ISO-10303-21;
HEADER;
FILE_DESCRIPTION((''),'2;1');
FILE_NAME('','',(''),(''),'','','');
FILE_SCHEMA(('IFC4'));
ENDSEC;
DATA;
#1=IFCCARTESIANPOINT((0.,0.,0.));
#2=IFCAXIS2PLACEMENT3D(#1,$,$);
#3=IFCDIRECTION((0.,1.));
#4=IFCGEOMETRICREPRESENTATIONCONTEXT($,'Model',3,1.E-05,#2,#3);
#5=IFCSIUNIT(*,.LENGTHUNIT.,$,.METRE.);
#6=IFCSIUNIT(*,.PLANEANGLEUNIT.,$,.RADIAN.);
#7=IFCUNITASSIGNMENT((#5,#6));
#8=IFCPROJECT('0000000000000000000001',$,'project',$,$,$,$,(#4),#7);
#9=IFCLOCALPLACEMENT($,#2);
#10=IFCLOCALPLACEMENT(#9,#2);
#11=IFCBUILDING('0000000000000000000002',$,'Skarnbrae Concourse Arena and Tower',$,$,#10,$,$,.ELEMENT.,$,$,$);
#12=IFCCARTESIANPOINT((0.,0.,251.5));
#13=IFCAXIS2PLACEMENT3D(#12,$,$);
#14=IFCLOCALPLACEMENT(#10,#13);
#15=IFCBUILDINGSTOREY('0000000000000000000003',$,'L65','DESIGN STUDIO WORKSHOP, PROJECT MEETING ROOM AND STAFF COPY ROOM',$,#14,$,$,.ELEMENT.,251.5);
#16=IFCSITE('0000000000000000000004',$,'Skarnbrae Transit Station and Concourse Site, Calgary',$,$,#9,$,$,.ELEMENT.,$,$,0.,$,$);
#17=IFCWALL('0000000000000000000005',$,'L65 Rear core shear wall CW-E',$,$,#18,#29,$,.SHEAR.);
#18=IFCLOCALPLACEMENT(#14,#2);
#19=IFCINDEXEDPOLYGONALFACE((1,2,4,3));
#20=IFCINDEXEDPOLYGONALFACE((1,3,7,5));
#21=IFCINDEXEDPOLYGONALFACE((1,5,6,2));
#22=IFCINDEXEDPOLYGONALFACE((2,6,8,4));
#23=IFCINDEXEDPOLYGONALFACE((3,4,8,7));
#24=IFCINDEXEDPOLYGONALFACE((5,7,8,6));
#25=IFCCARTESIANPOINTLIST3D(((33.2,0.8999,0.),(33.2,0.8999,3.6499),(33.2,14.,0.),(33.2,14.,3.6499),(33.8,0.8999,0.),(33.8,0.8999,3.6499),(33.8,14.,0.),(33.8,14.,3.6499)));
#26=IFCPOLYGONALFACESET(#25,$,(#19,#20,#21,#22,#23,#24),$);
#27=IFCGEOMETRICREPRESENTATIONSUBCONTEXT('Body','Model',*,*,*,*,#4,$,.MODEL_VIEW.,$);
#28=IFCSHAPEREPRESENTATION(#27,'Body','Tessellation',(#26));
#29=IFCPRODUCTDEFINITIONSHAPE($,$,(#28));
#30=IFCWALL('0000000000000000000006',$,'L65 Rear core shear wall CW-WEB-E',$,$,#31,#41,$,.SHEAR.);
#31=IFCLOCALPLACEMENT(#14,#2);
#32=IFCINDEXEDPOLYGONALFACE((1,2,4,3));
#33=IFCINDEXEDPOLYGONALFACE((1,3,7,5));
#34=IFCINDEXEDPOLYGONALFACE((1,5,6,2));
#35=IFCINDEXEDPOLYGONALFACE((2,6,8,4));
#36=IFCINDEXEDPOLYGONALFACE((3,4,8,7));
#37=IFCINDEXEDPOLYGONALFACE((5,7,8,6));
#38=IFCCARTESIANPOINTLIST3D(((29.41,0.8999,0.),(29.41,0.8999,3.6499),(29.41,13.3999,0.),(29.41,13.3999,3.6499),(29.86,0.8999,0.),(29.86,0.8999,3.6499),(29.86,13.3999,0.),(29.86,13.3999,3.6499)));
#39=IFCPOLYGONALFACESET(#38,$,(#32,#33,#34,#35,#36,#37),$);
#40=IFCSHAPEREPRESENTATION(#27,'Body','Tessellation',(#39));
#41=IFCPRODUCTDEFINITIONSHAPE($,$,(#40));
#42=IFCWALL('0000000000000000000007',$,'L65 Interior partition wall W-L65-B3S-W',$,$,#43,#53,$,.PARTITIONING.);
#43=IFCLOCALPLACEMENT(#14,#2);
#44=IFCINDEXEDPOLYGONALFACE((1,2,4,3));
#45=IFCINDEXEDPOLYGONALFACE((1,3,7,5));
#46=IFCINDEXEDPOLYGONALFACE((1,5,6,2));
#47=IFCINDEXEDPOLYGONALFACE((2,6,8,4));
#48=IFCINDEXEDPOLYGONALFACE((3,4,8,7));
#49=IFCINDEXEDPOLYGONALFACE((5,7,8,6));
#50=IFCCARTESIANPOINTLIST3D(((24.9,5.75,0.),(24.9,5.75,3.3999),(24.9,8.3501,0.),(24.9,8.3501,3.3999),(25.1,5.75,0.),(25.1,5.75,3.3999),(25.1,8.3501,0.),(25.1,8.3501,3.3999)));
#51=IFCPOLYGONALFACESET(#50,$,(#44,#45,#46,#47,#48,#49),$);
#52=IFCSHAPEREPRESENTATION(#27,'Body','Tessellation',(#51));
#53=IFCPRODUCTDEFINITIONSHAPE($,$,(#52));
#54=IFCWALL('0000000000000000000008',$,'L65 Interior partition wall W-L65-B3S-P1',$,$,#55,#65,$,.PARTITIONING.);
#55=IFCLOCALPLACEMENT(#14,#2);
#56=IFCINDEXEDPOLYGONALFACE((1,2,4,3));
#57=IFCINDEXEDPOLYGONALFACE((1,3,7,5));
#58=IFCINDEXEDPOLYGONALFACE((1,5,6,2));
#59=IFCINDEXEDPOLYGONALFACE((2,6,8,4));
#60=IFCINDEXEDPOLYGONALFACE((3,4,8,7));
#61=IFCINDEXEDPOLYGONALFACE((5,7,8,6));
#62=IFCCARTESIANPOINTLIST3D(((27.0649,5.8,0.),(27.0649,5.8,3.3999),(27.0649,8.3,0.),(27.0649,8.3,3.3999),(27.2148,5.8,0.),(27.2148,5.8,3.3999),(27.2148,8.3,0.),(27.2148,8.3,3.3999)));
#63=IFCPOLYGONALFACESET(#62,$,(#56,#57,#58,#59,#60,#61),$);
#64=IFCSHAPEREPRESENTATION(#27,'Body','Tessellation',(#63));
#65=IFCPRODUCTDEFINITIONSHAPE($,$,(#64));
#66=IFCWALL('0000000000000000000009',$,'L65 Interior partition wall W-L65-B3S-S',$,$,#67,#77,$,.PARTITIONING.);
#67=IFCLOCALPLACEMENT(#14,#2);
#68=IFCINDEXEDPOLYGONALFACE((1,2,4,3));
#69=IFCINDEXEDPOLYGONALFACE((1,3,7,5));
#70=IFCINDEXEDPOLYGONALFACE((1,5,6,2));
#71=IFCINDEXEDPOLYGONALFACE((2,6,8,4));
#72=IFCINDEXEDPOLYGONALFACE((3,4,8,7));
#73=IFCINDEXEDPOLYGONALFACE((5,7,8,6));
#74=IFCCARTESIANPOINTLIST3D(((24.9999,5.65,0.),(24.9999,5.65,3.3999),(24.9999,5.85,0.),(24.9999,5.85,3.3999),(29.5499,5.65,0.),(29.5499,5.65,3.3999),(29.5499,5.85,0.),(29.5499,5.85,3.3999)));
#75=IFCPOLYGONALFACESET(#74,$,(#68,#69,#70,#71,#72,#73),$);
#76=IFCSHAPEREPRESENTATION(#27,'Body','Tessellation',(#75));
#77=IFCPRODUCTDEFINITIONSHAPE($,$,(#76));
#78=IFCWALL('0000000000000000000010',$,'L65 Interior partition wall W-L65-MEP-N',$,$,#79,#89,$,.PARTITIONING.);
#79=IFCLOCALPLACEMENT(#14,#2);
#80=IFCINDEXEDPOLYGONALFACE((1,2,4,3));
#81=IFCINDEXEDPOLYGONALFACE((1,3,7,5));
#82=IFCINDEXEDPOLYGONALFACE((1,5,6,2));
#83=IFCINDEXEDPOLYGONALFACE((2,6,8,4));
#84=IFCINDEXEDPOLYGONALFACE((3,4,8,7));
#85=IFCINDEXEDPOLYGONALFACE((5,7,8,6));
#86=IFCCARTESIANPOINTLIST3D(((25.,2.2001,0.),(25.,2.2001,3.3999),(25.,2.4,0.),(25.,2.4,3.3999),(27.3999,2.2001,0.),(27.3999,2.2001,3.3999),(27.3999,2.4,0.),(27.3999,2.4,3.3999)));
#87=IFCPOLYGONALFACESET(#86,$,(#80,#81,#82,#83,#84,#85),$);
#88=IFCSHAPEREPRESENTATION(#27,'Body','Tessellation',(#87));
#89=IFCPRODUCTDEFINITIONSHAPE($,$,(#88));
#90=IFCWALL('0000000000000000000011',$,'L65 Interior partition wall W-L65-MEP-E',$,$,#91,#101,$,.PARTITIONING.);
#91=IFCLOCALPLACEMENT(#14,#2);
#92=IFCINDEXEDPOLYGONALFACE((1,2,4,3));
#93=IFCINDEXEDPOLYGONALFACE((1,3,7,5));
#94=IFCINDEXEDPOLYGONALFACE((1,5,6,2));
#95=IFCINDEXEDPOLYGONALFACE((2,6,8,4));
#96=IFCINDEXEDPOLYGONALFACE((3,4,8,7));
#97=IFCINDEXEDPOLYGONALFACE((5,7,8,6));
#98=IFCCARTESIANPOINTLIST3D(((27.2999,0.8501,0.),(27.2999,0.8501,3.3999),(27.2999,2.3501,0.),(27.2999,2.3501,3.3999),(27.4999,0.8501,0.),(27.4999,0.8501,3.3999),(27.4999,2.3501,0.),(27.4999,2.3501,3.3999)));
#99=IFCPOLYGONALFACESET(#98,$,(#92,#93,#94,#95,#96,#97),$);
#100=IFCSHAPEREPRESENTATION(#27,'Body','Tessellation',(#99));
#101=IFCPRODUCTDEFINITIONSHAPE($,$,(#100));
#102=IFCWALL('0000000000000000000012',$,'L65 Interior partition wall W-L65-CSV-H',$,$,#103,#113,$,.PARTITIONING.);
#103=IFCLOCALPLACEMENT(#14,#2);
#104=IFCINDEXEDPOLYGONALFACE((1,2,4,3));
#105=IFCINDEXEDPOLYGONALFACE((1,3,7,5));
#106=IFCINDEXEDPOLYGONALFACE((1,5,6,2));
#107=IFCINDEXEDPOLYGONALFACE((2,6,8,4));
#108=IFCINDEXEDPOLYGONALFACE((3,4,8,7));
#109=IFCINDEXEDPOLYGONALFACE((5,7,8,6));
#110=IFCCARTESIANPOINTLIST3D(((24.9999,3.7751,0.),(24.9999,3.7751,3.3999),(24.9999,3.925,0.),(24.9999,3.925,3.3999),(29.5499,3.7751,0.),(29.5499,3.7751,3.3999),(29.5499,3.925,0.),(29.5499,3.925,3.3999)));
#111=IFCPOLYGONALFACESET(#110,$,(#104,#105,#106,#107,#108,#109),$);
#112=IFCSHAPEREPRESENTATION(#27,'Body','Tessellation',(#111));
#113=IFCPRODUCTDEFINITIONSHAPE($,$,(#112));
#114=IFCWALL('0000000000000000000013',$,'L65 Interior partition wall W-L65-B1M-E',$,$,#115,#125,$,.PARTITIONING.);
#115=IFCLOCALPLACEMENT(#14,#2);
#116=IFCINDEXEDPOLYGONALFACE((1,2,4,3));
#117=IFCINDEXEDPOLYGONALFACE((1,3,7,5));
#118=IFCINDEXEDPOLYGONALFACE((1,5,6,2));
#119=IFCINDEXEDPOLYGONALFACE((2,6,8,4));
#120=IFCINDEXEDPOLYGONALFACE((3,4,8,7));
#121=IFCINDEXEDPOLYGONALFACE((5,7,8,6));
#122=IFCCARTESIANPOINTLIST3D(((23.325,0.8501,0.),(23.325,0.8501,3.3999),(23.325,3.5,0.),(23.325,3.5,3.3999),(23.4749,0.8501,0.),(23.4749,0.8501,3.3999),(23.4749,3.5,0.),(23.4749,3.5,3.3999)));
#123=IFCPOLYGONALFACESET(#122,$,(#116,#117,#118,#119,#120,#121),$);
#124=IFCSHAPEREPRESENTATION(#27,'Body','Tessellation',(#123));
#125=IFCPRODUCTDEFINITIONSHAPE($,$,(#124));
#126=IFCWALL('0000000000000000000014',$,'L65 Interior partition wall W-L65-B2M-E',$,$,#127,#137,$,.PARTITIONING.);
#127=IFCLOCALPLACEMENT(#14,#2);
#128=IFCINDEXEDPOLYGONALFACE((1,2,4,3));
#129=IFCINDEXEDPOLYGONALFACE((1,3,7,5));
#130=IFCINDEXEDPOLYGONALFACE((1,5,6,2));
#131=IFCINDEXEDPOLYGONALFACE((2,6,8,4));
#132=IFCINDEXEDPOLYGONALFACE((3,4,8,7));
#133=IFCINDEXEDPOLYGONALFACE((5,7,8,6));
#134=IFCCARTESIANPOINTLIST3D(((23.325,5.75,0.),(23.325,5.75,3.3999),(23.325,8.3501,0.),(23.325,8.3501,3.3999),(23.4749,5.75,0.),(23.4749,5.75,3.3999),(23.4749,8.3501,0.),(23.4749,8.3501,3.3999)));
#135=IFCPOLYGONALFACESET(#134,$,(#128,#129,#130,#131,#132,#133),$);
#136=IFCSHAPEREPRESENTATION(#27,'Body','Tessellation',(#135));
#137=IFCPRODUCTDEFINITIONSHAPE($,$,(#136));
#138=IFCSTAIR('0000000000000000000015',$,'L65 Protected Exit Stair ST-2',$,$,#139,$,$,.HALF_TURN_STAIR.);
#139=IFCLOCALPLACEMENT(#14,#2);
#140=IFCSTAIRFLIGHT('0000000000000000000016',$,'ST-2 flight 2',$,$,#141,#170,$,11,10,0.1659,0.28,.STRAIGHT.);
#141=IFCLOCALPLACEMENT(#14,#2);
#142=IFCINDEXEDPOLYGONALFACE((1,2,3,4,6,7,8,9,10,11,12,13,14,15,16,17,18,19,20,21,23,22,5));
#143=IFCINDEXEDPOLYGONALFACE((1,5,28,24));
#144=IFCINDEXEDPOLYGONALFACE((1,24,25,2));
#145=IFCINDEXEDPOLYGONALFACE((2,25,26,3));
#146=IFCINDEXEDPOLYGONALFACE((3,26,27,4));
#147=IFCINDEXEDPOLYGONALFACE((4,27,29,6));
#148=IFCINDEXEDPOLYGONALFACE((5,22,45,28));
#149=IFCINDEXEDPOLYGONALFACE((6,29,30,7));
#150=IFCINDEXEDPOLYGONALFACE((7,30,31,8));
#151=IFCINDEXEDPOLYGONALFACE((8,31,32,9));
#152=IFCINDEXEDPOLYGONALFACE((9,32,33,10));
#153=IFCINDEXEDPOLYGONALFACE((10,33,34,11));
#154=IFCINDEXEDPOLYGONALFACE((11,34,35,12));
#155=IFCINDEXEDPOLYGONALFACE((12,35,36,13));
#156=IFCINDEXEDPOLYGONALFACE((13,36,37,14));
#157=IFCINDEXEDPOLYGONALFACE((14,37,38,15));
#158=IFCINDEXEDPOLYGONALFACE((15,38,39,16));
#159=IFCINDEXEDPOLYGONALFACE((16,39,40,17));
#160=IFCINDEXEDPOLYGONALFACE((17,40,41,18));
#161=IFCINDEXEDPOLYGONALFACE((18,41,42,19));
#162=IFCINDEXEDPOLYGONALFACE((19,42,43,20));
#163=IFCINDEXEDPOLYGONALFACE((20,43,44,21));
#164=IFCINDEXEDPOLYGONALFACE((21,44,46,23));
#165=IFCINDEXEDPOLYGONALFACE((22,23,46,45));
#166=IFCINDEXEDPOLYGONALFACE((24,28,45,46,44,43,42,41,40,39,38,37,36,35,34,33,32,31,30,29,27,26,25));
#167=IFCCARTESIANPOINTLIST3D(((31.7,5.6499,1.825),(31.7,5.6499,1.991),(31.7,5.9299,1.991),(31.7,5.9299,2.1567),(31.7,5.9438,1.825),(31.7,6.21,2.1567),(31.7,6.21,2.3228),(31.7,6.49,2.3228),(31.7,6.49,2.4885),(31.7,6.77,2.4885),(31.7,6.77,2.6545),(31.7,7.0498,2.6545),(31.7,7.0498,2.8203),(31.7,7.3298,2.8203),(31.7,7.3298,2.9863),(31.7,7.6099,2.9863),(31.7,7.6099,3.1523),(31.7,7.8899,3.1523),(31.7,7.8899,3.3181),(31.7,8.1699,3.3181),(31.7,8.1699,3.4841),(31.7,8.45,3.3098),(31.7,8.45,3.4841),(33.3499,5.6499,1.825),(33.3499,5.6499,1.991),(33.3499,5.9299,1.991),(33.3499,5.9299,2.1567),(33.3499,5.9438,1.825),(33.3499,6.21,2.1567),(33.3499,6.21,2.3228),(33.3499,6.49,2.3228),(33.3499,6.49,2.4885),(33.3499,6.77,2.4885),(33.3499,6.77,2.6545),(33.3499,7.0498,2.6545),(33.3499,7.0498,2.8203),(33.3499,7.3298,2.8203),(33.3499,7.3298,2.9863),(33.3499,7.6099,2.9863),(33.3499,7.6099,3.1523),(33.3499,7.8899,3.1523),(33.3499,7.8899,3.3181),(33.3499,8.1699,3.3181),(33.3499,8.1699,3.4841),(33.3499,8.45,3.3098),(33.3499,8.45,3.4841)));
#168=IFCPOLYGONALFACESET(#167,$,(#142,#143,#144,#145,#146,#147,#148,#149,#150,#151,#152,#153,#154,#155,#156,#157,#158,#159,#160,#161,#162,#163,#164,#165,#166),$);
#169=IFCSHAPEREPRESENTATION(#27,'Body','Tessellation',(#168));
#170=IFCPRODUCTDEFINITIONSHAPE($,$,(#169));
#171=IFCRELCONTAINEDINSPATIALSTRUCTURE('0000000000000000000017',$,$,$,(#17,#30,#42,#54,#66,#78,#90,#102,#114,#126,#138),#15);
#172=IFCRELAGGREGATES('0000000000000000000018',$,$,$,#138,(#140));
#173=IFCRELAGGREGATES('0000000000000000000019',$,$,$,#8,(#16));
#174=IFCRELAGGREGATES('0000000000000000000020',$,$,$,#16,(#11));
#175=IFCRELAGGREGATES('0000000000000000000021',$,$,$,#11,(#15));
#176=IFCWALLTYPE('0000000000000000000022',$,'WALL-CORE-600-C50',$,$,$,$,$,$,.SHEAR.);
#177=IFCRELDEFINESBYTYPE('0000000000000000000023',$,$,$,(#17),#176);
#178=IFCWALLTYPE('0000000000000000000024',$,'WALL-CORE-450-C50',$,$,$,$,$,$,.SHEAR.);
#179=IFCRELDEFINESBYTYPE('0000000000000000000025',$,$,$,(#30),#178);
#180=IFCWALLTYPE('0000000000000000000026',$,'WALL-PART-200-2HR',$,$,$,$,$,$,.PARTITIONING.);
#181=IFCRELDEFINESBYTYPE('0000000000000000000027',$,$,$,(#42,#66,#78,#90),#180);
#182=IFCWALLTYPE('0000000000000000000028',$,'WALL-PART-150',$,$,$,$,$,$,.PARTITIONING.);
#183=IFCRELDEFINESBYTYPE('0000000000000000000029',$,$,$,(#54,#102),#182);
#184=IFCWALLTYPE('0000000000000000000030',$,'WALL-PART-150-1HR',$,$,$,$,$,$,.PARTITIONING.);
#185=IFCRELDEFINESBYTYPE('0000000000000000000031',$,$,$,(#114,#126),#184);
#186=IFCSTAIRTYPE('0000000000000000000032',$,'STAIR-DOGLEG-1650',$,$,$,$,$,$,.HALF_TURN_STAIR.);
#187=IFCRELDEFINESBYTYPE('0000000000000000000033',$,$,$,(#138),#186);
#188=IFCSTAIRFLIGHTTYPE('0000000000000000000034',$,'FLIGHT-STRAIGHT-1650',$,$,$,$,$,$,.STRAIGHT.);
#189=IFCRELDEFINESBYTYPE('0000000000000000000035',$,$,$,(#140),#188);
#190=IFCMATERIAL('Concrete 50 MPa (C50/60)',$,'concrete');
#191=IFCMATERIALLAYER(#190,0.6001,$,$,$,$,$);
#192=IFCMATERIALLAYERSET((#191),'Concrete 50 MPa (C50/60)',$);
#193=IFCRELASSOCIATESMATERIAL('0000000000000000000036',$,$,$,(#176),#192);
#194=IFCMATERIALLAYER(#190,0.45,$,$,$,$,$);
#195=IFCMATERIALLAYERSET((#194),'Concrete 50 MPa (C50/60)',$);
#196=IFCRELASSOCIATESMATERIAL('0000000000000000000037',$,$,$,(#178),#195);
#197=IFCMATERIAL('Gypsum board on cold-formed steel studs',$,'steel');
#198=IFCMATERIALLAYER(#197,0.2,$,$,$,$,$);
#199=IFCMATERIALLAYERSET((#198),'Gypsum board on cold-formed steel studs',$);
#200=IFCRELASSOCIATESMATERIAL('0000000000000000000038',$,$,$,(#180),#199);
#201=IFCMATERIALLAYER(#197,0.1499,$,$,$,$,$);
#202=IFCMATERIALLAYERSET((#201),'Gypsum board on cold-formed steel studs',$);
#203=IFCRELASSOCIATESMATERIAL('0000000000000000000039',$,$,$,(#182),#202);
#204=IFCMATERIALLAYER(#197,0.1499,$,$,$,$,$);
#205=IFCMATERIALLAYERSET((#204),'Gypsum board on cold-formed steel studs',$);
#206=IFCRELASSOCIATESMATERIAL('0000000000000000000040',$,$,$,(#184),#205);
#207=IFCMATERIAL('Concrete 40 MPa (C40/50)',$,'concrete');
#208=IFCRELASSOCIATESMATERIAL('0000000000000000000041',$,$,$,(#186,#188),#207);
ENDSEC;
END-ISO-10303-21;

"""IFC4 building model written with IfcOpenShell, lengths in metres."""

from ifc_helpers import new_model, si_unit, direction, frame, frame_2d, origin, place, context, subcontext, project, spatial, polyline, rectangle, outline, extrude, source, transform, mapped, material, layer, layer_set, type_object, element, aggregate, save


model = new_model("IFC4")

# Units and contexts
model_context = context("Model", 3, precision=1e-05, world=origin(), true_north=direction((0.0, 1.0)))
body_context = subcontext(model_context, "Body", "Model", "MODEL_VIEW")
ifc_project = project(units=[si_unit("LENGTHUNIT", "METRE"), si_unit("PLANEANGLEUNIT", "RADIAN")], contexts=[model_context])

# Site, building, storey
site_placement = place(None, origin())
site = spatial("IfcSite", under=ifc_project, at=site_placement, Name="Skarnbrae Transit Station and Concourse Site, Calgary", CompositionType="ELEMENT", RefElevation=0.0)
building_placement = place(site_placement, origin())
building = spatial("IfcBuilding", under=site, at=building_placement, Name="Skarnbrae Concourse Arena and Tower", CompositionType="ELEMENT")
storey_placement = place(building_placement, frame((0.0, 0.0, 251.5)))
storey = spatial("IfcBuildingStorey", under=building, at=storey_placement, Name="L65", Description="DESIGN STUDIO WORKSHOP, PROJECT MEETING ROOM AND STAFF COPY ROOM", CompositionType="ELEMENT", Elevation=251.5)

# Walls
ifc_material_1 = material(Name="Concrete 50 MPa (C50/60)", Category="concrete")
ifc_layer_1 = layer(ifc_material_1, 0.6001)
ifc_layer_set_1 = layer_set([ifc_layer_1], Name="Concrete 50 MPa (C50/60)")
wall_type_1 = type_object("IfcWallType", Name="WALL-CORE-600-C50", PredefinedType="SHEAR", material=ifc_layer_set_1)
shared_shape_1 = source(origin(), body_context, "Body", "SweptSolid", [
    extrude(rectangle(XDim=13.1001, YDim=0.6001, at=frame_2d((6.55, 0.0))), origin(), (0.0, 0.0, 1.0), 3.6499),
])
wall_1_placement = place(storey_placement, frame((33.5, 0.8999, 0.0), z_axis=(0.0, 0.0, 1.0), x_axis=(0.0, 1.0, 0.0)))
element("IfcWall", 1, at=wall_1_placement, inside=storey, type_object=wall_type_1, Name="L65 Rear core shear wall CW-E", PredefinedType="SHEAR", context=body_context, shape_type="MappedRepresentation", body=[
    mapped(shared_shape_1, transform((0.0, 0.0, 0.0))),
])
ifc_layer_2 = layer(ifc_material_1, 0.45)
ifc_layer_set_2 = layer_set([ifc_layer_2], Name="Concrete 50 MPa (C50/60)")
wall_type_2 = type_object("IfcWallType", Name="WALL-CORE-450-C50", PredefinedType="SHEAR", material=ifc_layer_set_2)
shared_shape_2 = source(origin(), body_context, "Body", "SweptSolid", [
    extrude(rectangle(XDim=12.5, YDim=0.45, at=frame_2d((6.25, 0.0))), origin(), (0.0, 0.0, 1.0), 3.6499),
])
wall_2_placement = place(storey_placement, frame((29.635, 0.8999, 0.0), z_axis=(0.0, 0.0, 1.0), x_axis=(0.0, 1.0, 0.0)))
element("IfcWall", 2, at=wall_2_placement, inside=storey, type_object=wall_type_2, Name="L65 Rear core shear wall CW-WEB-E", PredefinedType="SHEAR", context=body_context, shape_type="MappedRepresentation", body=[
    mapped(shared_shape_2, transform((0.0, 0.0, 0.0))),
])
ifc_material_2 = material(Name="Gypsum board on cold-formed steel studs", Category="steel")
ifc_layer_3 = layer(ifc_material_2, 0.2)
ifc_layer_set_3 = layer_set([ifc_layer_3], Name="Gypsum board on cold-formed steel studs")
wall_type_3 = type_object("IfcWallType", Name="WALL-PART-200-2HR", PredefinedType="PARTITIONING", material=ifc_layer_set_3)
shared_shape_3 = source(origin(), body_context, "Body", "SweptSolid", [
    extrude(rectangle(XDim=2.6001, YDim=0.2, at=frame_2d((1.3, 0.0))), origin(), (0.0, 0.0, 1.0), 3.3999),
])
wall_3_placement = place(storey_placement, frame((25.0, 5.75, 0.0), z_axis=(0.0, 0.0, 1.0), x_axis=(0.0, 1.0, 0.0)))
element("IfcWall", 3, at=wall_3_placement, inside=storey, type_object=wall_type_3, Name="L65 Interior partition wall W-L65-B3S-W", PredefinedType="PARTITIONING", context=body_context, shape_type="MappedRepresentation", body=[
    mapped(shared_shape_3, transform((0.0, 0.0, 0.0))),
])
ifc_layer_4 = layer(ifc_material_2, 0.1499)
ifc_layer_set_4 = layer_set([ifc_layer_4], Name="Gypsum board on cold-formed steel studs")
wall_type_4 = type_object("IfcWallType", Name="WALL-PART-150", PredefinedType="PARTITIONING", material=ifc_layer_set_4)
shared_shape_4 = source(origin(), body_context, "Body", "SweptSolid", [
    extrude(rectangle(XDim=2.5, YDim=0.1499, at=frame_2d((1.25, 0.0))), origin(), (0.0, 0.0, 1.0), 3.3999),
])
wall_4_placement = place(storey_placement, frame((27.1399, 5.8, 0.0), z_axis=(0.0, 0.0, 1.0), x_axis=(0.0, 1.0, 0.0)))
element("IfcWall", 4, at=wall_4_placement, inside=storey, type_object=wall_type_4, Name="L65 Interior partition wall W-L65-B3S-P1", PredefinedType="PARTITIONING", context=body_context, shape_type="MappedRepresentation", body=[
    mapped(shared_shape_4, transform((0.0, 0.0, 0.0))),
])

# Shared definitions
shared_shape_5 = source(origin(), body_context, "Body", "SweptSolid", [
    extrude(rectangle(XDim=4.55, YDim=0.2, at=frame_2d((2.2749, 0.0))), origin(), (0.0, 0.0, 1.0), 3.3999),
])

# Wall
wall_5_placement = place(storey_placement, frame((25.0, 5.75, 0.0), z_axis=(0.0, 0.0, 1.0), x_axis=(1.0, 0.0, 0.0)))
element("IfcWall", 5, at=wall_5_placement, inside=storey, type_object=wall_type_3, Name="L65 Interior partition wall W-L65-B3S-S", PredefinedType="PARTITIONING", context=body_context, shape_type="MappedRepresentation", body=[
    mapped(shared_shape_5, transform((0.0, 0.0, 0.0))),
])

# Shared definitions
ifc_layer_5 = layer(ifc_material_2, 0.1499)
ifc_layer_set_5 = layer_set([ifc_layer_5], Name="Gypsum board on cold-formed steel studs")
wall_type_5 = type_object("IfcWallType", Name="WALL-PART-150-1HR", PredefinedType="PARTITIONING", material=ifc_layer_set_5)

# Walls
shared_shape_6 = source(origin(), body_context, "Body", "SweptSolid", [
    extrude(rectangle(XDim=2.3999, YDim=0.2, at=frame_2d((1.2, 0.0))), origin(), (0.0, 0.0, 1.0), 3.3999),
])
wall_6_placement = place(storey_placement, frame((25.0, 2.3, 0.0), z_axis=(0.0, 0.0, 1.0), x_axis=(1.0, 0.0, 0.0)))
element("IfcWall", 6, at=wall_6_placement, inside=storey, type_object=wall_type_3, Name="L65 Interior partition wall W-L65-MEP-N", PredefinedType="PARTITIONING", context=body_context, shape_type="MappedRepresentation", body=[
    mapped(shared_shape_6, transform((0.0, 0.0, 0.0))),
])
shared_shape_7 = source(origin(), body_context, "Body", "SweptSolid", [
    extrude(rectangle(XDim=1.5, YDim=0.2, at=frame_2d((0.75, 0.0))), origin(), (0.0, 0.0, 1.0), 3.3999),
])
wall_7_placement = place(storey_placement, frame((27.3999, 0.8501, 0.0), z_axis=(0.0, 0.0, 1.0), x_axis=(0.0, 1.0, 0.0)))
element("IfcWall", 7, at=wall_7_placement, inside=storey, type_object=wall_type_3, Name="L65 Interior partition wall W-L65-MEP-E", PredefinedType="PARTITIONING", context=body_context, shape_type="MappedRepresentation", body=[
    mapped(shared_shape_7, transform((0.0, 0.0, 0.0))),
])
shared_shape_8 = source(origin(), body_context, "Body", "SweptSolid", [
    extrude(rectangle(XDim=4.55, YDim=0.1499, at=frame_2d((2.2749, 0.0))), origin(), (0.0, 0.0, 1.0), 3.3999),
])
wall_8_placement = place(storey_placement, frame((25.0, 3.8501, 0.0), z_axis=(0.0, 0.0, 1.0), x_axis=(1.0, 0.0, 0.0)))
element("IfcWall", 8, at=wall_8_placement, inside=storey, type_object=wall_type_4, Name="L65 Interior partition wall W-L65-CSV-H", PredefinedType="PARTITIONING", context=body_context, shape_type="MappedRepresentation", body=[
    mapped(shared_shape_8, transform((0.0, 0.0, 0.0))),
])
shared_shape_9 = source(origin(), body_context, "Body", "SweptSolid", [
    extrude(rectangle(XDim=2.6499, YDim=0.1499, at=frame_2d((1.325, 0.0))), origin(), (0.0, 0.0, 1.0), 3.3999),
])
wall_9_placement = place(storey_placement, frame((23.3999, 0.8501, 0.0), z_axis=(0.0, 0.0, 1.0), x_axis=(0.0, 1.0, 0.0)))
element("IfcWall", 9, at=wall_9_placement, inside=storey, type_object=wall_type_5, Name="L65 Interior partition wall W-L65-B1M-E", PredefinedType="PARTITIONING", context=body_context, shape_type="MappedRepresentation", body=[
    mapped(shared_shape_9, transform((0.0, 0.0, 0.0))),
])
shared_shape_10 = source(origin(), body_context, "Body", "SweptSolid", [
    extrude(rectangle(XDim=2.6001, YDim=0.1499, at=frame_2d((1.3, 0.0))), origin(), (0.0, 0.0, 1.0), 3.3999),
])
wall_10_placement = place(storey_placement, frame((23.3999, 5.75, 0.0), z_axis=(0.0, 0.0, 1.0), x_axis=(0.0, 1.0, 0.0)))
element("IfcWall", 10, at=wall_10_placement, inside=storey, type_object=wall_type_5, Name="L65 Interior partition wall W-L65-B2M-E", PredefinedType="PARTITIONING", context=body_context, shape_type="MappedRepresentation", body=[
    mapped(shared_shape_10, transform((0.0, 0.0, 0.0))),
])

# Stair, stair flight
ifc_material_3 = material(Name="Concrete 40 MPa (C40/50)", Category="concrete")
stair_type = type_object("IfcStairType", Name="STAIR-DOGLEG-1650", PredefinedType="HALF_TURN_STAIR", material=ifc_material_3)
stair_placement = place(storey_placement, origin())
stair = element("IfcStair", 11, at=stair_placement, inside=storey, type_object=stair_type, Name="L65 Protected Exit Stair ST-2", PredefinedType="HALF_TURN_STAIR")
stair_flight_type = type_object("IfcStairFlightType", Name="FLIGHT-STRAIGHT-1650", PredefinedType="STRAIGHT", material=ifc_material_3)
shared_shape_11 = source(origin(), body_context, "Body", "SweptSolid", [
    extrude(outline(polyline([(0.0, 0.0), (0.0, 0.166), (0.28, 0.166), (0.28, 0.3318), (0.5601, 0.3318), (0.5601, 0.4978), (0.8401, 0.4978), (0.8401, 0.6636), (1.1201, 0.6636), (1.1201, 0.8296), (1.3999, 0.8296), (1.3999, 0.9954), (1.6799, 0.9954), (1.6799, 1.1614), (1.96, 1.1614), (1.96, 1.3274), (2.24, 1.3274), (2.24, 1.4932), (2.52, 1.4932), (2.52, 1.6592), (2.8, 1.6592), (2.8, 1.825), (2.8, 1.4849), (0.2939, 0.0), (0.0, 0.0)])), frame((0.0, 0.825, 0.0), z_axis=(0.0, -1.0, 0.0), x_axis=(1.0, 0.0, 0.0)), (0.0, 0.0, 1.0), 1.6499),
])
stair_flight_placement = place(storey_placement, frame((32.5249, 5.6499, 1.825), z_axis=(0.0, 0.0, 1.0), x_axis=(0.0, 1.0, 0.0)))
stair_flight = element("IfcStairFlight", 12, at=stair_flight_placement, type_object=stair_flight_type, Name="ST-2 flight 2", NumberOfRisers=11, NumberOfTreads=10, PredefinedType="STRAIGHT", RiserHeight=0.1659, TreadLength=0.28, context=body_context, shape_type="MappedRepresentation", body=[
    mapped(shared_shape_11, transform((0.0, 0.0, 0.0))),
])
aggregate(stair, [stair_flight])

save(model, "model.ifc")
